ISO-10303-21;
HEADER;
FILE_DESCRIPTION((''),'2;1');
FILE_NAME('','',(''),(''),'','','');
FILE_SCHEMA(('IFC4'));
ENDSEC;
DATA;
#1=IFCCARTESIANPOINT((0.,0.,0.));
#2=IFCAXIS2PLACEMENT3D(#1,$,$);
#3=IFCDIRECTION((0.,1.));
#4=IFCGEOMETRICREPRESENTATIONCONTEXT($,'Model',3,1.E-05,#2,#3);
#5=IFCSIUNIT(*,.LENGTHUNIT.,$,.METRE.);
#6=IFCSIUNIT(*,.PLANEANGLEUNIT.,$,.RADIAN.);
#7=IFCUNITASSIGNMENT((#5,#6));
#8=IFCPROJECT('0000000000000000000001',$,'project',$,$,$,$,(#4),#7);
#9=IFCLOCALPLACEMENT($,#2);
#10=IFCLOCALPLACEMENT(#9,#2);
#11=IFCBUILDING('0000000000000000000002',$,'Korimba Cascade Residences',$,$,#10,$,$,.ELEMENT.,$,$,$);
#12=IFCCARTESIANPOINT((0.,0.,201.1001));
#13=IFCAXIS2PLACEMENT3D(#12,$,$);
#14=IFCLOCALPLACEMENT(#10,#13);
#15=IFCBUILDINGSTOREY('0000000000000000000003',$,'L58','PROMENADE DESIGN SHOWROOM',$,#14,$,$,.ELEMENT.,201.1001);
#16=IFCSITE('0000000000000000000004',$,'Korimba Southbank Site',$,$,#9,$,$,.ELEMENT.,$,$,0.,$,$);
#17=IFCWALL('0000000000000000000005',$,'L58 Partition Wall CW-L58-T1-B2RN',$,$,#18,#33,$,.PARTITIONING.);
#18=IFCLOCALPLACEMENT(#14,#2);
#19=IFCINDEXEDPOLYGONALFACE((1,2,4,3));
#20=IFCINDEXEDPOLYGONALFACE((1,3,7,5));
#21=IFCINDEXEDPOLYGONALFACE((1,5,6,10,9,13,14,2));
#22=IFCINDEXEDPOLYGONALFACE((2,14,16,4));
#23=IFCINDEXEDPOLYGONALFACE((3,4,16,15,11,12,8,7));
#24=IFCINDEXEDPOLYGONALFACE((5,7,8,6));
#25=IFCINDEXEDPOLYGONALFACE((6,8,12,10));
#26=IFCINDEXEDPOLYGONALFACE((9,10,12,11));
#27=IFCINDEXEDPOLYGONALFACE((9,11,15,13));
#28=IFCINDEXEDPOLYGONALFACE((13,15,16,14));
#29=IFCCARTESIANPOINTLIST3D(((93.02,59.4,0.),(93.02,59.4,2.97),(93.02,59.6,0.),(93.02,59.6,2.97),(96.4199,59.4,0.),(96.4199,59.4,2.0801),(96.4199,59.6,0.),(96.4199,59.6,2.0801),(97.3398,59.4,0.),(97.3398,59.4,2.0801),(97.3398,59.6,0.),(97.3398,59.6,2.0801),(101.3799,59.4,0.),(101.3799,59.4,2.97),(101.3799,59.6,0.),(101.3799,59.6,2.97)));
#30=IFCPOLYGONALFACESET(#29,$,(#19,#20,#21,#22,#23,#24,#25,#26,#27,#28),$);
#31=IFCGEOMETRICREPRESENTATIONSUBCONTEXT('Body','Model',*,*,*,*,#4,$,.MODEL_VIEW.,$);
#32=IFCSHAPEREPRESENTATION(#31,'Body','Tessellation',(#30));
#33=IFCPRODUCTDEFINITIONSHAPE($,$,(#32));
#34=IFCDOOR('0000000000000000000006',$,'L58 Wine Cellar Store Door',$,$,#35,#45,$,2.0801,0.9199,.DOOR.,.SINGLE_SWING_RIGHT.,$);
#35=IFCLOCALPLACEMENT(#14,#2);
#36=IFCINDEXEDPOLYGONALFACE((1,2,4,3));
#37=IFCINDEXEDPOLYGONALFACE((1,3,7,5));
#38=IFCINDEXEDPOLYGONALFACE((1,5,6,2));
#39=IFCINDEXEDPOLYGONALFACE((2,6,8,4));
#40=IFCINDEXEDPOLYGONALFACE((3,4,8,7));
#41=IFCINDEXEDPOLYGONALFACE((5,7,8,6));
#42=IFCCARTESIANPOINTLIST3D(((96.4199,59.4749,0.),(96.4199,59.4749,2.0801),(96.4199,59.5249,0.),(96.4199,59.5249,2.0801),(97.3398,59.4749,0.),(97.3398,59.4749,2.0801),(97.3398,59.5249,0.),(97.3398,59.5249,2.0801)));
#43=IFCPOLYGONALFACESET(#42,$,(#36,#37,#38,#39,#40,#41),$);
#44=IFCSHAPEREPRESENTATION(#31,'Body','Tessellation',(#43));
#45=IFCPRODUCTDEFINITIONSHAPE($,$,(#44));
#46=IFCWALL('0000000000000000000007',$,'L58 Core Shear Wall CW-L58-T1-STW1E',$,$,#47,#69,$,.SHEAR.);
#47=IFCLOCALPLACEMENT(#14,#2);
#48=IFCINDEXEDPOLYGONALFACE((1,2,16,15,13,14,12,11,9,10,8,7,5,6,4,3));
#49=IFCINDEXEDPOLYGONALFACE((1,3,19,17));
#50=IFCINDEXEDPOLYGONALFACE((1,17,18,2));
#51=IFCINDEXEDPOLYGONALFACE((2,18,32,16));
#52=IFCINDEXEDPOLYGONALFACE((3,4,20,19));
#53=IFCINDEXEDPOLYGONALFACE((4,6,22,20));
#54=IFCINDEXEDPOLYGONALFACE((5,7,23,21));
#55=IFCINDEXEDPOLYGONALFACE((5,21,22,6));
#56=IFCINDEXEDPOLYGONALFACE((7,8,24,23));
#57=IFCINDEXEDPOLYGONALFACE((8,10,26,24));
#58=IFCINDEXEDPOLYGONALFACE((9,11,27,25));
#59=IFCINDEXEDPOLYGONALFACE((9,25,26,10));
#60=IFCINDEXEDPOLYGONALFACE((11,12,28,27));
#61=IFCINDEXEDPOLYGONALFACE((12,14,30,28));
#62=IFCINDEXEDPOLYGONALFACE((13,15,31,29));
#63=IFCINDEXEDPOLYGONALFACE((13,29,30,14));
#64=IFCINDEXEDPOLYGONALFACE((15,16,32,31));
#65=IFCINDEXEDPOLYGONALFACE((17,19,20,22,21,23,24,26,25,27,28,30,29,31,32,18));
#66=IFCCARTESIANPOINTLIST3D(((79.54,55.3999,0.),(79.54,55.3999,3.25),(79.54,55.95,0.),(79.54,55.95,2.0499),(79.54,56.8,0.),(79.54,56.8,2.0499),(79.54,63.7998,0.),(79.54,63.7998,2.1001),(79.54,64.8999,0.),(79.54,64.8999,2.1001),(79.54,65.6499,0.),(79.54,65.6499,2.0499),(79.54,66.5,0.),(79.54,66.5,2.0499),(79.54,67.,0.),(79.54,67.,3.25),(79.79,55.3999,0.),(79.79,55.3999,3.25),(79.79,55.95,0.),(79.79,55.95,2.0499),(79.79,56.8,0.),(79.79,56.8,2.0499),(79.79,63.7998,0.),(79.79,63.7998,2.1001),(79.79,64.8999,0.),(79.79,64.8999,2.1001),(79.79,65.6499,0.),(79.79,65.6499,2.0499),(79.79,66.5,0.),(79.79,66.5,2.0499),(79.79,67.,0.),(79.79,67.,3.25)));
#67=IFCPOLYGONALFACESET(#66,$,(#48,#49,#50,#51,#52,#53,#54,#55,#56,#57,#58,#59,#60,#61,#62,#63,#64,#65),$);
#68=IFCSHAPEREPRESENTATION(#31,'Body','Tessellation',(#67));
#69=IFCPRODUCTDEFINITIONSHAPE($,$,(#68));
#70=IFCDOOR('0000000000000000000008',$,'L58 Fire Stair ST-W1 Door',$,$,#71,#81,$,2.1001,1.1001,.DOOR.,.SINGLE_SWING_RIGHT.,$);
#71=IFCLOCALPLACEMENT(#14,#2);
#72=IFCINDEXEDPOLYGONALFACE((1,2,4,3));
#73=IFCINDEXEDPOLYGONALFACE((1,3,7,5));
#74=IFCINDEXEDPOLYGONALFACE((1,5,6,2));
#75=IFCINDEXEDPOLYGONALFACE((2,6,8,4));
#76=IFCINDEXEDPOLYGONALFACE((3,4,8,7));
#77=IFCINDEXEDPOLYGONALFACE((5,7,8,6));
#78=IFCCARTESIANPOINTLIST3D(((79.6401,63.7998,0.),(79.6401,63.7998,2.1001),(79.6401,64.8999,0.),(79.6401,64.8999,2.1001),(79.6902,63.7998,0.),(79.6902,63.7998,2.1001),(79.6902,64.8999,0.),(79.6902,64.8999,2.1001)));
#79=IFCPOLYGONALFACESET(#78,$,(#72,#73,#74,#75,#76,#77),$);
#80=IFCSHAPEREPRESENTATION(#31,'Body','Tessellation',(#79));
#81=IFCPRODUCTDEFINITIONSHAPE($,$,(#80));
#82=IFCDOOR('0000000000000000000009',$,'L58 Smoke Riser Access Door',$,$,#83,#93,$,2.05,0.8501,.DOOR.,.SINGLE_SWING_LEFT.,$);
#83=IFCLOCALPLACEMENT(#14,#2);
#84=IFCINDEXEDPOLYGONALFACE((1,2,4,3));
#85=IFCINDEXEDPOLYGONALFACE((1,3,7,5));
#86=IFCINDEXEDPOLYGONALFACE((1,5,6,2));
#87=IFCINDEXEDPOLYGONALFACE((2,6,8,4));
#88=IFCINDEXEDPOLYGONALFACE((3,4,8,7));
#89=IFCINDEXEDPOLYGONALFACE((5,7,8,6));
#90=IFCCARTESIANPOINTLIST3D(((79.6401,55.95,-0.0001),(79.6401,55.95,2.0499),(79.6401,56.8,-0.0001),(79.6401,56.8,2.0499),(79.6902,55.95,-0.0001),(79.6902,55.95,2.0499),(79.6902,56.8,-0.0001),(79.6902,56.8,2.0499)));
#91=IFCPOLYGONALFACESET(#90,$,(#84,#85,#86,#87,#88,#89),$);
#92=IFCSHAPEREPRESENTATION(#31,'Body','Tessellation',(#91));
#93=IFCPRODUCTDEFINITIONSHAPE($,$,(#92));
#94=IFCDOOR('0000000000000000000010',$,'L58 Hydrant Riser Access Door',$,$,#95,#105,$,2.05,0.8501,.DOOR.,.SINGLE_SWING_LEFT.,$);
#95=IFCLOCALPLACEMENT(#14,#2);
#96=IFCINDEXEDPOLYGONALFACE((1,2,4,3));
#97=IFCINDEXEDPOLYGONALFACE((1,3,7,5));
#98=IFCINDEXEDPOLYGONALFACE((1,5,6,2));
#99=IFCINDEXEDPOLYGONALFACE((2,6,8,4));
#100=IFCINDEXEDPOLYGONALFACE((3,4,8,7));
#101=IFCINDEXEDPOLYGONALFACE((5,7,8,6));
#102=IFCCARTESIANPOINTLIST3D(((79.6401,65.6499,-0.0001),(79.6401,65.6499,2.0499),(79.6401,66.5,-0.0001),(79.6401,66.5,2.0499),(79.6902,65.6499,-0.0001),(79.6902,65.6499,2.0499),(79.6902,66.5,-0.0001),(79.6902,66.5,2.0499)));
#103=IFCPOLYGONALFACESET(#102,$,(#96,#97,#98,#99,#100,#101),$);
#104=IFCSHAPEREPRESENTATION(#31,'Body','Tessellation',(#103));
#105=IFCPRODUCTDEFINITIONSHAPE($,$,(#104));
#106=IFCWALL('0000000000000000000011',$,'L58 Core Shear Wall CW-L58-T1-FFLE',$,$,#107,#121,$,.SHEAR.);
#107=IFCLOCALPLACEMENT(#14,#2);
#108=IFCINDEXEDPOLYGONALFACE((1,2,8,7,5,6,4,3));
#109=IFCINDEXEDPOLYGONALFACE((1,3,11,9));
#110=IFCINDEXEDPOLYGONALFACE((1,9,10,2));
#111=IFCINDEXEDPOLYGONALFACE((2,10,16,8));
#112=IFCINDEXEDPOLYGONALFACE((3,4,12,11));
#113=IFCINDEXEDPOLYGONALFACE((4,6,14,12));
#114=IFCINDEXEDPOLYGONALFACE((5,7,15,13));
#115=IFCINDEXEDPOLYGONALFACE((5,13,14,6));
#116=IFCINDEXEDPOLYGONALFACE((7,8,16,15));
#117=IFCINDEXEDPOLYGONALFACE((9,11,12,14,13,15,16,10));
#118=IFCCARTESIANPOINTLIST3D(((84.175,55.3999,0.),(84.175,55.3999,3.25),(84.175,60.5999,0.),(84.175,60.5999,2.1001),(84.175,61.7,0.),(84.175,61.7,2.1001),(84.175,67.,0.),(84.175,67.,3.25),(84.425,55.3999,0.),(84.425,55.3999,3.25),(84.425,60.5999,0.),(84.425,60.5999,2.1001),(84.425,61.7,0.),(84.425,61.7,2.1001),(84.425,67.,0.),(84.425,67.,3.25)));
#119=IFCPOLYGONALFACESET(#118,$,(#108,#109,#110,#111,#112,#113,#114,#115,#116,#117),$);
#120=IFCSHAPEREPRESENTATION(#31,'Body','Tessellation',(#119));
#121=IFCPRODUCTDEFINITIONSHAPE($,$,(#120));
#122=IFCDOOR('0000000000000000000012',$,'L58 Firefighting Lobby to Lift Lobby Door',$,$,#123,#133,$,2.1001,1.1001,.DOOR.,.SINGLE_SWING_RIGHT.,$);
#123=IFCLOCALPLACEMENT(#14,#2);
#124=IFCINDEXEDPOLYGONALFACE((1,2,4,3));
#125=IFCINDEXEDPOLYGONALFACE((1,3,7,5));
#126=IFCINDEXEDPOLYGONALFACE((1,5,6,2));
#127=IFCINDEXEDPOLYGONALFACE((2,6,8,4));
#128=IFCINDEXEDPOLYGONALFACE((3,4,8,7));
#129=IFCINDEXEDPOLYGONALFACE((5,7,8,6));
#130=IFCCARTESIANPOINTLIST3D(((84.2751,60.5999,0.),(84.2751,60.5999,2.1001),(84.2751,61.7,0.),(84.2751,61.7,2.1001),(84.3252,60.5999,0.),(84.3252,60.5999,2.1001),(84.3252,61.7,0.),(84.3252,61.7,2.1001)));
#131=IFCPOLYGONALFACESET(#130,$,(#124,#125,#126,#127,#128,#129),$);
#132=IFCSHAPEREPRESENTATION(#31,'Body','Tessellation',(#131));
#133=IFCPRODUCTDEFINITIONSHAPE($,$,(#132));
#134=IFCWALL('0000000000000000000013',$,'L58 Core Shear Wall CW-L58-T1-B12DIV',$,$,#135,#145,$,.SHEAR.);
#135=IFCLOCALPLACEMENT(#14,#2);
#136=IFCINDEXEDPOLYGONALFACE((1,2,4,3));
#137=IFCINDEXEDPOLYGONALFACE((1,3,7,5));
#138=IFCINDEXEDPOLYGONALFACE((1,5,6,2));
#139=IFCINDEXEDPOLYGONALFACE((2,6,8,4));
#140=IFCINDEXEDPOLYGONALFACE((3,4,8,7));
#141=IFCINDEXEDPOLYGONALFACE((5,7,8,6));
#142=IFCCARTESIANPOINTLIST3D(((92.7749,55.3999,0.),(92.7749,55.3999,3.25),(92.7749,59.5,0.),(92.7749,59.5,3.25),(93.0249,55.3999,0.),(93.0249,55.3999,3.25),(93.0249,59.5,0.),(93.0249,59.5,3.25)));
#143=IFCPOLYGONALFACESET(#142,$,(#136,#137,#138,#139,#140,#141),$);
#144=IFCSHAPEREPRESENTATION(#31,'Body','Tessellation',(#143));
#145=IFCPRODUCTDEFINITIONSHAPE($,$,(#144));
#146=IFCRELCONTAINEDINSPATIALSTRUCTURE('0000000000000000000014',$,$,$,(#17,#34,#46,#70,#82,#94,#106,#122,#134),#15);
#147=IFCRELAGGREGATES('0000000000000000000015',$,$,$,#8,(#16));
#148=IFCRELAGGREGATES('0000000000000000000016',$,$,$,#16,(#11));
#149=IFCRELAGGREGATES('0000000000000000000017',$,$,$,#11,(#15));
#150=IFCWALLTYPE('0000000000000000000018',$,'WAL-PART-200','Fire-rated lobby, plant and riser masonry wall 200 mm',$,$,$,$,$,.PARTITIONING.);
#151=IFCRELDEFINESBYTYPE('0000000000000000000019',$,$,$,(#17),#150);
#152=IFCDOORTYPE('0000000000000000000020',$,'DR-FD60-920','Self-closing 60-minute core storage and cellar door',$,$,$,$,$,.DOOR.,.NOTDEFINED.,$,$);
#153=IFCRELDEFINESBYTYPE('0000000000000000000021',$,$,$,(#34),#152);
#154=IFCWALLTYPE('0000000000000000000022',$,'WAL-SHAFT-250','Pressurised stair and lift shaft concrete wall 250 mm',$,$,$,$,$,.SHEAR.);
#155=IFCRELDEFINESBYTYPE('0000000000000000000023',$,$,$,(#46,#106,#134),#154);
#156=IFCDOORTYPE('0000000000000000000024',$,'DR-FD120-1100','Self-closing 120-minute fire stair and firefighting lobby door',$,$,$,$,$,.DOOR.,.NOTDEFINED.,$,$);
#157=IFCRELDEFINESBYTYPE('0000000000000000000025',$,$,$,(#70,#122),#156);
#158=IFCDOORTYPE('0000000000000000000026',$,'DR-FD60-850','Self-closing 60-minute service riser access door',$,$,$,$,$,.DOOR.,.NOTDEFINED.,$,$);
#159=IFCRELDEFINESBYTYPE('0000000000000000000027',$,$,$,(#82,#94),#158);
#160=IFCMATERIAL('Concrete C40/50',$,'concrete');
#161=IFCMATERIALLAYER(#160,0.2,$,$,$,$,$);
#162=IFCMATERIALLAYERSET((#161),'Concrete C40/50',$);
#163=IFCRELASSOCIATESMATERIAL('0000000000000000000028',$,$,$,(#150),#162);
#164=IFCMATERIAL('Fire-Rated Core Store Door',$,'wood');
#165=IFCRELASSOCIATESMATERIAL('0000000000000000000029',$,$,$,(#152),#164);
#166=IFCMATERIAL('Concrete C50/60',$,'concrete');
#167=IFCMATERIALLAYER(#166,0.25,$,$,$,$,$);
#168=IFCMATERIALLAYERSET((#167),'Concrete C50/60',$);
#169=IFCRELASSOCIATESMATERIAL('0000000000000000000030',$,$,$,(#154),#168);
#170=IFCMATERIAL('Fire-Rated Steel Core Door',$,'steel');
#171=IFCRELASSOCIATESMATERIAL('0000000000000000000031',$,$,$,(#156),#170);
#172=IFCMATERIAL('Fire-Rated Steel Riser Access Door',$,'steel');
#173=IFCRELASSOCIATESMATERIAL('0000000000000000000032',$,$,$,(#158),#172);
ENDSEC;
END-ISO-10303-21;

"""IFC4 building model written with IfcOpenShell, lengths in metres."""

from ifc_helpers import new_model, si_unit, direction, frame, frame_2d, origin, place, context, subcontext, project, spatial, rectangle, extrude, material, layer, layer_set, type_object, element, fill, save


model = new_model("IFC4")

# Units and contexts
model_context = context("Model", 3, precision=1e-05, world=origin(), true_north=direction((0.0, 1.0)))
body_context = subcontext(model_context, "Body", "Model", "MODEL_VIEW")
ifc_project = project(units=[si_unit("LENGTHUNIT", "METRE"), si_unit("PLANEANGLEUNIT", "RADIAN")], contexts=[model_context])

# Site, building, storey
site_placement = place(None, origin())
site = spatial("IfcSite", under=ifc_project, at=site_placement, Name="Korimba Southbank Site", CompositionType="ELEMENT", RefElevation=0.0)
building_placement = place(site_placement, origin())
building = spatial("IfcBuilding", under=site, at=building_placement, Name="Korimba Cascade Residences", CompositionType="ELEMENT")
storey_placement = place(building_placement, frame((0.0, 0.0, 201.1001)))
storey = spatial("IfcBuildingStorey", under=building, at=storey_placement, Name="L58", Description="PROMENADE DESIGN SHOWROOM", CompositionType="ELEMENT", Elevation=201.1001)

# Shared definitions
ifc_material_1 = material(Name="Concrete C50/60", Category="concrete")

# Shared definitions
ifc_material_2 = material(Name="Concrete C40/50", Category="concrete")
ifc_layer_1 = layer(ifc_material_2, 0.2)
ifc_layer_set_1 = layer_set([ifc_layer_1], Name="Concrete C40/50")
wall_type_1 = type_object("IfcWallType", Name="WAL-PART-200", Description="Fire-rated lobby, plant and riser masonry wall 200 mm", PredefinedType="PARTITIONING", material=ifc_layer_set_1)

# Wall, opening, door
ifc_material_3 = material(Name="Fire-Rated Core Store Door", Category="wood")
door_type_1 = type_object("IfcDoorType", Name="DR-FD60-920", Description="Self-closing 60-minute core storage and cellar door", OperationType="NOTDEFINED", PredefinedType="DOOR", material=ifc_material_3)
wall_1_placement = place(storey_placement, frame((93.02, 59.5, 0.0), z_axis=(0.0, 0.0, 1.0), x_axis=(1.0, 0.0, 0.0)))
wall_1 = element("IfcWall", 1, at=wall_1_placement, inside=storey, type_object=wall_type_1, Name="L58 Partition Wall CW-L58-T1-B2RN", PredefinedType="PARTITIONING", context=body_context, shape_type="SweptSolid", body=[
    extrude(rectangle(XDim=8.3599, YDim=0.2, at=frame_2d((4.1799, 0.0))), origin(), (0.0, 0.0, 1.0), 2.97),
])
opening_1_placement = place(wall_1_placement, frame((3.3999, 0.0, 0.0)))
opening_1 = element("IfcOpeningElement", 2, at=opening_1_placement, cuts=wall_1, PredefinedType="OPENING", context=body_context, shape_type="SweptSolid", body=[
    extrude(rectangle(XDim=0.9199, YDim=2.0801, at=frame_2d((0.46, 1.04))), frame((0.0, 0.1099, 0.0), z_axis=(0.0, -1.0, 0.0), x_axis=(1.0, 0.0, 0.0)), (0.0, 0.0, 1.0), 0.22),
])
door_1_placement = place(opening_1_placement, origin())
door_1 = element("IfcDoor", 3, at=door_1_placement, inside=storey, type_object=door_type_1, Name="L58 Wine Cellar Store Door", OperationType="SINGLE_SWING_RIGHT", OverallHeight=2.0801, OverallWidth=0.9199, PredefinedType="DOOR", context=body_context, shape_type="SweptSolid", body=[
    extrude(rectangle(XDim=0.9199, YDim=2.0801, at=frame_2d((0.46, 1.04))), frame((0.0, 0.0249, 0.0), z_axis=(0.0, -1.0, 0.0), x_axis=(1.0, 0.0, 0.0)), (0.0, 0.0, 1.0), 0.05),
])
fill(opening_1, door_1)

# Wall, openings, doors
ifc_layer_2 = layer(ifc_material_1, 0.25)
ifc_layer_set_2 = layer_set([ifc_layer_2], Name="Concrete C50/60")
wall_type_2 = type_object("IfcWallType", Name="WAL-SHAFT-250", Description="Pressurised stair and lift shaft concrete wall 250 mm", PredefinedType="SHEAR", material=ifc_layer_set_2)
wall_2_placement = place(storey_placement, frame((79.665, 55.3999, 0.0), z_axis=(0.0, 0.0, 1.0), x_axis=(0.0, 1.0, 0.0)))
wall_2 = element("IfcWall", 4, at=wall_2_placement, inside=storey, type_object=wall_type_2, Name="L58 Core Shear Wall CW-L58-T1-STW1E", PredefinedType="SHEAR", context=body_context, shape_type="SweptSolid", body=[
    extrude(rectangle(XDim=11.6001, YDim=0.25, at=frame_2d((5.8, 0.0))), origin(), (0.0, 0.0, 1.0), 3.25),
])
opening_2_placement = place(wall_2_placement, frame((0.55, 0.0, 0.0)))
opening_2 = element("IfcOpeningElement", 5, at=opening_2_placement, cuts=wall_2, PredefinedType="OPENING", context=body_context, shape_type="SweptSolid", body=[
    extrude(rectangle(XDim=0.8501, YDim=2.05, at=frame_2d((0.425, 1.0249))), frame((0.0, 0.135, 0.0), z_axis=(0.0, -1.0, 0.0), x_axis=(1.0, 0.0, 0.0)), (0.0, 0.0, 1.0), 0.27),
])
opening_3_placement = place(wall_2_placement, frame((8.3999, 0.0, 0.0)))
opening_3 = element("IfcOpeningElement", 6, at=opening_3_placement, cuts=wall_2, PredefinedType="OPENING", context=body_context, shape_type="SweptSolid", body=[
    extrude(rectangle(XDim=1.1001, YDim=2.1001, at=frame_2d((0.55, 1.05))), frame((0.0, 0.135, 0.0), z_axis=(0.0, -1.0, 0.0), x_axis=(1.0, 0.0, 0.0)), (0.0, 0.0, 1.0), 0.27),
])
opening_4_placement = place(wall_2_placement, frame((10.25, 0.0, 0.0)))
opening_4 = element("IfcOpeningElement", 7, at=opening_4_placement, cuts=wall_2, PredefinedType="OPENING", context=body_context, shape_type="SweptSolid", body=[
    extrude(rectangle(XDim=0.8501, YDim=2.05, at=frame_2d((0.425, 1.0249))), frame((0.0, 0.135, 0.0), z_axis=(0.0, -1.0, 0.0), x_axis=(1.0, 0.0, 0.0)), (0.0, 0.0, 1.0), 0.27),
])
ifc_material_4 = material(Name="Fire-Rated Steel Core Door", Category="steel")
door_type_2 = type_object("IfcDoorType", Name="DR-FD120-1100", Description="Self-closing 120-minute fire stair and firefighting lobby door", OperationType="NOTDEFINED", PredefinedType="DOOR", material=ifc_material_4)
door_2_placement = place(opening_3_placement, origin())
door_2 = element("IfcDoor", 8, at=door_2_placement, inside=storey, type_object=door_type_2, Name="L58 Fire Stair ST-W1 Door", OperationType="SINGLE_SWING_RIGHT", OverallHeight=2.1001, OverallWidth=1.1001, PredefinedType="DOOR", context=body_context, shape_type="SweptSolid", body=[
    extrude(rectangle(XDim=1.1001, YDim=2.1001, at=frame_2d((0.55, 1.05))), frame((0.0, 0.0249, 0.0), z_axis=(0.0, -1.0, 0.0), x_axis=(1.0, 0.0, 0.0)), (0.0, 0.0, 1.0), 0.05),
])
fill(opening_3, door_2)
ifc_material_5 = material(Name="Fire-Rated Steel Riser Access Door", Category="steel")
door_type_3 = type_object("IfcDoorType", Name="DR-FD60-850", Description="Self-closing 60-minute service riser access door", OperationType="NOTDEFINED", PredefinedType="DOOR", material=ifc_material_5)
door_3_placement = place(opening_2_placement, origin())
door_3 = element("IfcDoor", 9, at=door_3_placement, inside=storey, type_object=door_type_3, Name="L58 Smoke Riser Access Door", OperationType="SINGLE_SWING_LEFT", OverallHeight=2.05, OverallWidth=0.8501, PredefinedType="DOOR", context=body_context, shape_type="SweptSolid", body=[
    extrude(rectangle(XDim=0.8501, YDim=2.05, at=frame_2d((0.425, 1.0249))), frame((0.0, 0.0249, 0.0), z_axis=(0.0, -1.0, 0.0), x_axis=(1.0, 0.0, 0.0)), (0.0, 0.0, 1.0), 0.05),
])
fill(opening_2, door_3)
door_4_placement = place(opening_4_placement, origin())
door_4 = element("IfcDoor", 10, at=door_4_placement, inside=storey, type_object=door_type_3, Name="L58 Hydrant Riser Access Door", OperationType="SINGLE_SWING_LEFT", OverallHeight=2.05, OverallWidth=0.8501, PredefinedType="DOOR", context=body_context, shape_type="SweptSolid", body=[
    extrude(rectangle(XDim=0.8501, YDim=2.05, at=frame_2d((0.425, 1.0249))), frame((0.0, 0.0249, 0.0), z_axis=(0.0, -1.0, 0.0), x_axis=(1.0, 0.0, 0.0)), (0.0, 0.0, 1.0), 0.05),
])
fill(opening_4, door_4)

# Wall, opening, door
wall_3_placement = place(storey_placement, frame((84.3, 55.3999, 0.0), z_axis=(0.0, 0.0, 1.0), x_axis=(0.0, 1.0, 0.0)))
wall_3 = element("IfcWall", 11, at=wall_3_placement, inside=storey, type_object=wall_type_2, Name="L58 Core Shear Wall CW-L58-T1-FFLE", PredefinedType="SHEAR", context=body_context, shape_type="SweptSolid", body=[
    extrude(rectangle(XDim=11.6001, YDim=0.25, at=frame_2d((5.8, 0.0))), origin(), (0.0, 0.0, 1.0), 3.25),
])
opening_5_placement = place(wall_3_placement, frame((5.2, 0.0, 0.0)))
opening_5 = element("IfcOpeningElement", 12, at=opening_5_placement, cuts=wall_3, PredefinedType="OPENING", context=body_context, shape_type="SweptSolid", body=[
    extrude(rectangle(XDim=1.1001, YDim=2.1001, at=frame_2d((0.55, 1.05))), frame((0.0, 0.135, 0.0), z_axis=(0.0, -1.0, 0.0), x_axis=(1.0, 0.0, 0.0)), (0.0, 0.0, 1.0), 0.27),
])
door_5_placement = place(opening_5_placement, origin())
door_5 = element("IfcDoor", 13, at=door_5_placement, inside=storey, type_object=door_type_2, Name="L58 Firefighting Lobby to Lift Lobby Door", OperationType="SINGLE_SWING_RIGHT", OverallHeight=2.1001, OverallWidth=1.1001, PredefinedType="DOOR", context=body_context, shape_type="SweptSolid", body=[
    extrude(rectangle(XDim=1.1001, YDim=2.1001, at=frame_2d((0.55, 1.05))), frame((0.0, 0.0249, 0.0), z_axis=(0.0, -1.0, 0.0), x_axis=(1.0, 0.0, 0.0)), (0.0, 0.0, 1.0), 0.05),
])
fill(opening_5, door_5)

# Wall
wall_4_placement = place(storey_placement, frame((92.8999, 55.3999, 0.0), z_axis=(0.0, 0.0, 1.0), x_axis=(0.0, 1.0, 0.0)))
element("IfcWall", 14, at=wall_4_placement, inside=storey, type_object=wall_type_2, Name="L58 Core Shear Wall CW-L58-T1-B12DIV", PredefinedType="SHEAR", context=body_context, shape_type="SweptSolid", body=[
    extrude(rectangle(XDim=4.1001, YDim=0.25, at=frame_2d((2.05, 0.0))), origin(), (0.0, 0.0, 1.0), 3.25),
])

save(model, "model.ifc")
